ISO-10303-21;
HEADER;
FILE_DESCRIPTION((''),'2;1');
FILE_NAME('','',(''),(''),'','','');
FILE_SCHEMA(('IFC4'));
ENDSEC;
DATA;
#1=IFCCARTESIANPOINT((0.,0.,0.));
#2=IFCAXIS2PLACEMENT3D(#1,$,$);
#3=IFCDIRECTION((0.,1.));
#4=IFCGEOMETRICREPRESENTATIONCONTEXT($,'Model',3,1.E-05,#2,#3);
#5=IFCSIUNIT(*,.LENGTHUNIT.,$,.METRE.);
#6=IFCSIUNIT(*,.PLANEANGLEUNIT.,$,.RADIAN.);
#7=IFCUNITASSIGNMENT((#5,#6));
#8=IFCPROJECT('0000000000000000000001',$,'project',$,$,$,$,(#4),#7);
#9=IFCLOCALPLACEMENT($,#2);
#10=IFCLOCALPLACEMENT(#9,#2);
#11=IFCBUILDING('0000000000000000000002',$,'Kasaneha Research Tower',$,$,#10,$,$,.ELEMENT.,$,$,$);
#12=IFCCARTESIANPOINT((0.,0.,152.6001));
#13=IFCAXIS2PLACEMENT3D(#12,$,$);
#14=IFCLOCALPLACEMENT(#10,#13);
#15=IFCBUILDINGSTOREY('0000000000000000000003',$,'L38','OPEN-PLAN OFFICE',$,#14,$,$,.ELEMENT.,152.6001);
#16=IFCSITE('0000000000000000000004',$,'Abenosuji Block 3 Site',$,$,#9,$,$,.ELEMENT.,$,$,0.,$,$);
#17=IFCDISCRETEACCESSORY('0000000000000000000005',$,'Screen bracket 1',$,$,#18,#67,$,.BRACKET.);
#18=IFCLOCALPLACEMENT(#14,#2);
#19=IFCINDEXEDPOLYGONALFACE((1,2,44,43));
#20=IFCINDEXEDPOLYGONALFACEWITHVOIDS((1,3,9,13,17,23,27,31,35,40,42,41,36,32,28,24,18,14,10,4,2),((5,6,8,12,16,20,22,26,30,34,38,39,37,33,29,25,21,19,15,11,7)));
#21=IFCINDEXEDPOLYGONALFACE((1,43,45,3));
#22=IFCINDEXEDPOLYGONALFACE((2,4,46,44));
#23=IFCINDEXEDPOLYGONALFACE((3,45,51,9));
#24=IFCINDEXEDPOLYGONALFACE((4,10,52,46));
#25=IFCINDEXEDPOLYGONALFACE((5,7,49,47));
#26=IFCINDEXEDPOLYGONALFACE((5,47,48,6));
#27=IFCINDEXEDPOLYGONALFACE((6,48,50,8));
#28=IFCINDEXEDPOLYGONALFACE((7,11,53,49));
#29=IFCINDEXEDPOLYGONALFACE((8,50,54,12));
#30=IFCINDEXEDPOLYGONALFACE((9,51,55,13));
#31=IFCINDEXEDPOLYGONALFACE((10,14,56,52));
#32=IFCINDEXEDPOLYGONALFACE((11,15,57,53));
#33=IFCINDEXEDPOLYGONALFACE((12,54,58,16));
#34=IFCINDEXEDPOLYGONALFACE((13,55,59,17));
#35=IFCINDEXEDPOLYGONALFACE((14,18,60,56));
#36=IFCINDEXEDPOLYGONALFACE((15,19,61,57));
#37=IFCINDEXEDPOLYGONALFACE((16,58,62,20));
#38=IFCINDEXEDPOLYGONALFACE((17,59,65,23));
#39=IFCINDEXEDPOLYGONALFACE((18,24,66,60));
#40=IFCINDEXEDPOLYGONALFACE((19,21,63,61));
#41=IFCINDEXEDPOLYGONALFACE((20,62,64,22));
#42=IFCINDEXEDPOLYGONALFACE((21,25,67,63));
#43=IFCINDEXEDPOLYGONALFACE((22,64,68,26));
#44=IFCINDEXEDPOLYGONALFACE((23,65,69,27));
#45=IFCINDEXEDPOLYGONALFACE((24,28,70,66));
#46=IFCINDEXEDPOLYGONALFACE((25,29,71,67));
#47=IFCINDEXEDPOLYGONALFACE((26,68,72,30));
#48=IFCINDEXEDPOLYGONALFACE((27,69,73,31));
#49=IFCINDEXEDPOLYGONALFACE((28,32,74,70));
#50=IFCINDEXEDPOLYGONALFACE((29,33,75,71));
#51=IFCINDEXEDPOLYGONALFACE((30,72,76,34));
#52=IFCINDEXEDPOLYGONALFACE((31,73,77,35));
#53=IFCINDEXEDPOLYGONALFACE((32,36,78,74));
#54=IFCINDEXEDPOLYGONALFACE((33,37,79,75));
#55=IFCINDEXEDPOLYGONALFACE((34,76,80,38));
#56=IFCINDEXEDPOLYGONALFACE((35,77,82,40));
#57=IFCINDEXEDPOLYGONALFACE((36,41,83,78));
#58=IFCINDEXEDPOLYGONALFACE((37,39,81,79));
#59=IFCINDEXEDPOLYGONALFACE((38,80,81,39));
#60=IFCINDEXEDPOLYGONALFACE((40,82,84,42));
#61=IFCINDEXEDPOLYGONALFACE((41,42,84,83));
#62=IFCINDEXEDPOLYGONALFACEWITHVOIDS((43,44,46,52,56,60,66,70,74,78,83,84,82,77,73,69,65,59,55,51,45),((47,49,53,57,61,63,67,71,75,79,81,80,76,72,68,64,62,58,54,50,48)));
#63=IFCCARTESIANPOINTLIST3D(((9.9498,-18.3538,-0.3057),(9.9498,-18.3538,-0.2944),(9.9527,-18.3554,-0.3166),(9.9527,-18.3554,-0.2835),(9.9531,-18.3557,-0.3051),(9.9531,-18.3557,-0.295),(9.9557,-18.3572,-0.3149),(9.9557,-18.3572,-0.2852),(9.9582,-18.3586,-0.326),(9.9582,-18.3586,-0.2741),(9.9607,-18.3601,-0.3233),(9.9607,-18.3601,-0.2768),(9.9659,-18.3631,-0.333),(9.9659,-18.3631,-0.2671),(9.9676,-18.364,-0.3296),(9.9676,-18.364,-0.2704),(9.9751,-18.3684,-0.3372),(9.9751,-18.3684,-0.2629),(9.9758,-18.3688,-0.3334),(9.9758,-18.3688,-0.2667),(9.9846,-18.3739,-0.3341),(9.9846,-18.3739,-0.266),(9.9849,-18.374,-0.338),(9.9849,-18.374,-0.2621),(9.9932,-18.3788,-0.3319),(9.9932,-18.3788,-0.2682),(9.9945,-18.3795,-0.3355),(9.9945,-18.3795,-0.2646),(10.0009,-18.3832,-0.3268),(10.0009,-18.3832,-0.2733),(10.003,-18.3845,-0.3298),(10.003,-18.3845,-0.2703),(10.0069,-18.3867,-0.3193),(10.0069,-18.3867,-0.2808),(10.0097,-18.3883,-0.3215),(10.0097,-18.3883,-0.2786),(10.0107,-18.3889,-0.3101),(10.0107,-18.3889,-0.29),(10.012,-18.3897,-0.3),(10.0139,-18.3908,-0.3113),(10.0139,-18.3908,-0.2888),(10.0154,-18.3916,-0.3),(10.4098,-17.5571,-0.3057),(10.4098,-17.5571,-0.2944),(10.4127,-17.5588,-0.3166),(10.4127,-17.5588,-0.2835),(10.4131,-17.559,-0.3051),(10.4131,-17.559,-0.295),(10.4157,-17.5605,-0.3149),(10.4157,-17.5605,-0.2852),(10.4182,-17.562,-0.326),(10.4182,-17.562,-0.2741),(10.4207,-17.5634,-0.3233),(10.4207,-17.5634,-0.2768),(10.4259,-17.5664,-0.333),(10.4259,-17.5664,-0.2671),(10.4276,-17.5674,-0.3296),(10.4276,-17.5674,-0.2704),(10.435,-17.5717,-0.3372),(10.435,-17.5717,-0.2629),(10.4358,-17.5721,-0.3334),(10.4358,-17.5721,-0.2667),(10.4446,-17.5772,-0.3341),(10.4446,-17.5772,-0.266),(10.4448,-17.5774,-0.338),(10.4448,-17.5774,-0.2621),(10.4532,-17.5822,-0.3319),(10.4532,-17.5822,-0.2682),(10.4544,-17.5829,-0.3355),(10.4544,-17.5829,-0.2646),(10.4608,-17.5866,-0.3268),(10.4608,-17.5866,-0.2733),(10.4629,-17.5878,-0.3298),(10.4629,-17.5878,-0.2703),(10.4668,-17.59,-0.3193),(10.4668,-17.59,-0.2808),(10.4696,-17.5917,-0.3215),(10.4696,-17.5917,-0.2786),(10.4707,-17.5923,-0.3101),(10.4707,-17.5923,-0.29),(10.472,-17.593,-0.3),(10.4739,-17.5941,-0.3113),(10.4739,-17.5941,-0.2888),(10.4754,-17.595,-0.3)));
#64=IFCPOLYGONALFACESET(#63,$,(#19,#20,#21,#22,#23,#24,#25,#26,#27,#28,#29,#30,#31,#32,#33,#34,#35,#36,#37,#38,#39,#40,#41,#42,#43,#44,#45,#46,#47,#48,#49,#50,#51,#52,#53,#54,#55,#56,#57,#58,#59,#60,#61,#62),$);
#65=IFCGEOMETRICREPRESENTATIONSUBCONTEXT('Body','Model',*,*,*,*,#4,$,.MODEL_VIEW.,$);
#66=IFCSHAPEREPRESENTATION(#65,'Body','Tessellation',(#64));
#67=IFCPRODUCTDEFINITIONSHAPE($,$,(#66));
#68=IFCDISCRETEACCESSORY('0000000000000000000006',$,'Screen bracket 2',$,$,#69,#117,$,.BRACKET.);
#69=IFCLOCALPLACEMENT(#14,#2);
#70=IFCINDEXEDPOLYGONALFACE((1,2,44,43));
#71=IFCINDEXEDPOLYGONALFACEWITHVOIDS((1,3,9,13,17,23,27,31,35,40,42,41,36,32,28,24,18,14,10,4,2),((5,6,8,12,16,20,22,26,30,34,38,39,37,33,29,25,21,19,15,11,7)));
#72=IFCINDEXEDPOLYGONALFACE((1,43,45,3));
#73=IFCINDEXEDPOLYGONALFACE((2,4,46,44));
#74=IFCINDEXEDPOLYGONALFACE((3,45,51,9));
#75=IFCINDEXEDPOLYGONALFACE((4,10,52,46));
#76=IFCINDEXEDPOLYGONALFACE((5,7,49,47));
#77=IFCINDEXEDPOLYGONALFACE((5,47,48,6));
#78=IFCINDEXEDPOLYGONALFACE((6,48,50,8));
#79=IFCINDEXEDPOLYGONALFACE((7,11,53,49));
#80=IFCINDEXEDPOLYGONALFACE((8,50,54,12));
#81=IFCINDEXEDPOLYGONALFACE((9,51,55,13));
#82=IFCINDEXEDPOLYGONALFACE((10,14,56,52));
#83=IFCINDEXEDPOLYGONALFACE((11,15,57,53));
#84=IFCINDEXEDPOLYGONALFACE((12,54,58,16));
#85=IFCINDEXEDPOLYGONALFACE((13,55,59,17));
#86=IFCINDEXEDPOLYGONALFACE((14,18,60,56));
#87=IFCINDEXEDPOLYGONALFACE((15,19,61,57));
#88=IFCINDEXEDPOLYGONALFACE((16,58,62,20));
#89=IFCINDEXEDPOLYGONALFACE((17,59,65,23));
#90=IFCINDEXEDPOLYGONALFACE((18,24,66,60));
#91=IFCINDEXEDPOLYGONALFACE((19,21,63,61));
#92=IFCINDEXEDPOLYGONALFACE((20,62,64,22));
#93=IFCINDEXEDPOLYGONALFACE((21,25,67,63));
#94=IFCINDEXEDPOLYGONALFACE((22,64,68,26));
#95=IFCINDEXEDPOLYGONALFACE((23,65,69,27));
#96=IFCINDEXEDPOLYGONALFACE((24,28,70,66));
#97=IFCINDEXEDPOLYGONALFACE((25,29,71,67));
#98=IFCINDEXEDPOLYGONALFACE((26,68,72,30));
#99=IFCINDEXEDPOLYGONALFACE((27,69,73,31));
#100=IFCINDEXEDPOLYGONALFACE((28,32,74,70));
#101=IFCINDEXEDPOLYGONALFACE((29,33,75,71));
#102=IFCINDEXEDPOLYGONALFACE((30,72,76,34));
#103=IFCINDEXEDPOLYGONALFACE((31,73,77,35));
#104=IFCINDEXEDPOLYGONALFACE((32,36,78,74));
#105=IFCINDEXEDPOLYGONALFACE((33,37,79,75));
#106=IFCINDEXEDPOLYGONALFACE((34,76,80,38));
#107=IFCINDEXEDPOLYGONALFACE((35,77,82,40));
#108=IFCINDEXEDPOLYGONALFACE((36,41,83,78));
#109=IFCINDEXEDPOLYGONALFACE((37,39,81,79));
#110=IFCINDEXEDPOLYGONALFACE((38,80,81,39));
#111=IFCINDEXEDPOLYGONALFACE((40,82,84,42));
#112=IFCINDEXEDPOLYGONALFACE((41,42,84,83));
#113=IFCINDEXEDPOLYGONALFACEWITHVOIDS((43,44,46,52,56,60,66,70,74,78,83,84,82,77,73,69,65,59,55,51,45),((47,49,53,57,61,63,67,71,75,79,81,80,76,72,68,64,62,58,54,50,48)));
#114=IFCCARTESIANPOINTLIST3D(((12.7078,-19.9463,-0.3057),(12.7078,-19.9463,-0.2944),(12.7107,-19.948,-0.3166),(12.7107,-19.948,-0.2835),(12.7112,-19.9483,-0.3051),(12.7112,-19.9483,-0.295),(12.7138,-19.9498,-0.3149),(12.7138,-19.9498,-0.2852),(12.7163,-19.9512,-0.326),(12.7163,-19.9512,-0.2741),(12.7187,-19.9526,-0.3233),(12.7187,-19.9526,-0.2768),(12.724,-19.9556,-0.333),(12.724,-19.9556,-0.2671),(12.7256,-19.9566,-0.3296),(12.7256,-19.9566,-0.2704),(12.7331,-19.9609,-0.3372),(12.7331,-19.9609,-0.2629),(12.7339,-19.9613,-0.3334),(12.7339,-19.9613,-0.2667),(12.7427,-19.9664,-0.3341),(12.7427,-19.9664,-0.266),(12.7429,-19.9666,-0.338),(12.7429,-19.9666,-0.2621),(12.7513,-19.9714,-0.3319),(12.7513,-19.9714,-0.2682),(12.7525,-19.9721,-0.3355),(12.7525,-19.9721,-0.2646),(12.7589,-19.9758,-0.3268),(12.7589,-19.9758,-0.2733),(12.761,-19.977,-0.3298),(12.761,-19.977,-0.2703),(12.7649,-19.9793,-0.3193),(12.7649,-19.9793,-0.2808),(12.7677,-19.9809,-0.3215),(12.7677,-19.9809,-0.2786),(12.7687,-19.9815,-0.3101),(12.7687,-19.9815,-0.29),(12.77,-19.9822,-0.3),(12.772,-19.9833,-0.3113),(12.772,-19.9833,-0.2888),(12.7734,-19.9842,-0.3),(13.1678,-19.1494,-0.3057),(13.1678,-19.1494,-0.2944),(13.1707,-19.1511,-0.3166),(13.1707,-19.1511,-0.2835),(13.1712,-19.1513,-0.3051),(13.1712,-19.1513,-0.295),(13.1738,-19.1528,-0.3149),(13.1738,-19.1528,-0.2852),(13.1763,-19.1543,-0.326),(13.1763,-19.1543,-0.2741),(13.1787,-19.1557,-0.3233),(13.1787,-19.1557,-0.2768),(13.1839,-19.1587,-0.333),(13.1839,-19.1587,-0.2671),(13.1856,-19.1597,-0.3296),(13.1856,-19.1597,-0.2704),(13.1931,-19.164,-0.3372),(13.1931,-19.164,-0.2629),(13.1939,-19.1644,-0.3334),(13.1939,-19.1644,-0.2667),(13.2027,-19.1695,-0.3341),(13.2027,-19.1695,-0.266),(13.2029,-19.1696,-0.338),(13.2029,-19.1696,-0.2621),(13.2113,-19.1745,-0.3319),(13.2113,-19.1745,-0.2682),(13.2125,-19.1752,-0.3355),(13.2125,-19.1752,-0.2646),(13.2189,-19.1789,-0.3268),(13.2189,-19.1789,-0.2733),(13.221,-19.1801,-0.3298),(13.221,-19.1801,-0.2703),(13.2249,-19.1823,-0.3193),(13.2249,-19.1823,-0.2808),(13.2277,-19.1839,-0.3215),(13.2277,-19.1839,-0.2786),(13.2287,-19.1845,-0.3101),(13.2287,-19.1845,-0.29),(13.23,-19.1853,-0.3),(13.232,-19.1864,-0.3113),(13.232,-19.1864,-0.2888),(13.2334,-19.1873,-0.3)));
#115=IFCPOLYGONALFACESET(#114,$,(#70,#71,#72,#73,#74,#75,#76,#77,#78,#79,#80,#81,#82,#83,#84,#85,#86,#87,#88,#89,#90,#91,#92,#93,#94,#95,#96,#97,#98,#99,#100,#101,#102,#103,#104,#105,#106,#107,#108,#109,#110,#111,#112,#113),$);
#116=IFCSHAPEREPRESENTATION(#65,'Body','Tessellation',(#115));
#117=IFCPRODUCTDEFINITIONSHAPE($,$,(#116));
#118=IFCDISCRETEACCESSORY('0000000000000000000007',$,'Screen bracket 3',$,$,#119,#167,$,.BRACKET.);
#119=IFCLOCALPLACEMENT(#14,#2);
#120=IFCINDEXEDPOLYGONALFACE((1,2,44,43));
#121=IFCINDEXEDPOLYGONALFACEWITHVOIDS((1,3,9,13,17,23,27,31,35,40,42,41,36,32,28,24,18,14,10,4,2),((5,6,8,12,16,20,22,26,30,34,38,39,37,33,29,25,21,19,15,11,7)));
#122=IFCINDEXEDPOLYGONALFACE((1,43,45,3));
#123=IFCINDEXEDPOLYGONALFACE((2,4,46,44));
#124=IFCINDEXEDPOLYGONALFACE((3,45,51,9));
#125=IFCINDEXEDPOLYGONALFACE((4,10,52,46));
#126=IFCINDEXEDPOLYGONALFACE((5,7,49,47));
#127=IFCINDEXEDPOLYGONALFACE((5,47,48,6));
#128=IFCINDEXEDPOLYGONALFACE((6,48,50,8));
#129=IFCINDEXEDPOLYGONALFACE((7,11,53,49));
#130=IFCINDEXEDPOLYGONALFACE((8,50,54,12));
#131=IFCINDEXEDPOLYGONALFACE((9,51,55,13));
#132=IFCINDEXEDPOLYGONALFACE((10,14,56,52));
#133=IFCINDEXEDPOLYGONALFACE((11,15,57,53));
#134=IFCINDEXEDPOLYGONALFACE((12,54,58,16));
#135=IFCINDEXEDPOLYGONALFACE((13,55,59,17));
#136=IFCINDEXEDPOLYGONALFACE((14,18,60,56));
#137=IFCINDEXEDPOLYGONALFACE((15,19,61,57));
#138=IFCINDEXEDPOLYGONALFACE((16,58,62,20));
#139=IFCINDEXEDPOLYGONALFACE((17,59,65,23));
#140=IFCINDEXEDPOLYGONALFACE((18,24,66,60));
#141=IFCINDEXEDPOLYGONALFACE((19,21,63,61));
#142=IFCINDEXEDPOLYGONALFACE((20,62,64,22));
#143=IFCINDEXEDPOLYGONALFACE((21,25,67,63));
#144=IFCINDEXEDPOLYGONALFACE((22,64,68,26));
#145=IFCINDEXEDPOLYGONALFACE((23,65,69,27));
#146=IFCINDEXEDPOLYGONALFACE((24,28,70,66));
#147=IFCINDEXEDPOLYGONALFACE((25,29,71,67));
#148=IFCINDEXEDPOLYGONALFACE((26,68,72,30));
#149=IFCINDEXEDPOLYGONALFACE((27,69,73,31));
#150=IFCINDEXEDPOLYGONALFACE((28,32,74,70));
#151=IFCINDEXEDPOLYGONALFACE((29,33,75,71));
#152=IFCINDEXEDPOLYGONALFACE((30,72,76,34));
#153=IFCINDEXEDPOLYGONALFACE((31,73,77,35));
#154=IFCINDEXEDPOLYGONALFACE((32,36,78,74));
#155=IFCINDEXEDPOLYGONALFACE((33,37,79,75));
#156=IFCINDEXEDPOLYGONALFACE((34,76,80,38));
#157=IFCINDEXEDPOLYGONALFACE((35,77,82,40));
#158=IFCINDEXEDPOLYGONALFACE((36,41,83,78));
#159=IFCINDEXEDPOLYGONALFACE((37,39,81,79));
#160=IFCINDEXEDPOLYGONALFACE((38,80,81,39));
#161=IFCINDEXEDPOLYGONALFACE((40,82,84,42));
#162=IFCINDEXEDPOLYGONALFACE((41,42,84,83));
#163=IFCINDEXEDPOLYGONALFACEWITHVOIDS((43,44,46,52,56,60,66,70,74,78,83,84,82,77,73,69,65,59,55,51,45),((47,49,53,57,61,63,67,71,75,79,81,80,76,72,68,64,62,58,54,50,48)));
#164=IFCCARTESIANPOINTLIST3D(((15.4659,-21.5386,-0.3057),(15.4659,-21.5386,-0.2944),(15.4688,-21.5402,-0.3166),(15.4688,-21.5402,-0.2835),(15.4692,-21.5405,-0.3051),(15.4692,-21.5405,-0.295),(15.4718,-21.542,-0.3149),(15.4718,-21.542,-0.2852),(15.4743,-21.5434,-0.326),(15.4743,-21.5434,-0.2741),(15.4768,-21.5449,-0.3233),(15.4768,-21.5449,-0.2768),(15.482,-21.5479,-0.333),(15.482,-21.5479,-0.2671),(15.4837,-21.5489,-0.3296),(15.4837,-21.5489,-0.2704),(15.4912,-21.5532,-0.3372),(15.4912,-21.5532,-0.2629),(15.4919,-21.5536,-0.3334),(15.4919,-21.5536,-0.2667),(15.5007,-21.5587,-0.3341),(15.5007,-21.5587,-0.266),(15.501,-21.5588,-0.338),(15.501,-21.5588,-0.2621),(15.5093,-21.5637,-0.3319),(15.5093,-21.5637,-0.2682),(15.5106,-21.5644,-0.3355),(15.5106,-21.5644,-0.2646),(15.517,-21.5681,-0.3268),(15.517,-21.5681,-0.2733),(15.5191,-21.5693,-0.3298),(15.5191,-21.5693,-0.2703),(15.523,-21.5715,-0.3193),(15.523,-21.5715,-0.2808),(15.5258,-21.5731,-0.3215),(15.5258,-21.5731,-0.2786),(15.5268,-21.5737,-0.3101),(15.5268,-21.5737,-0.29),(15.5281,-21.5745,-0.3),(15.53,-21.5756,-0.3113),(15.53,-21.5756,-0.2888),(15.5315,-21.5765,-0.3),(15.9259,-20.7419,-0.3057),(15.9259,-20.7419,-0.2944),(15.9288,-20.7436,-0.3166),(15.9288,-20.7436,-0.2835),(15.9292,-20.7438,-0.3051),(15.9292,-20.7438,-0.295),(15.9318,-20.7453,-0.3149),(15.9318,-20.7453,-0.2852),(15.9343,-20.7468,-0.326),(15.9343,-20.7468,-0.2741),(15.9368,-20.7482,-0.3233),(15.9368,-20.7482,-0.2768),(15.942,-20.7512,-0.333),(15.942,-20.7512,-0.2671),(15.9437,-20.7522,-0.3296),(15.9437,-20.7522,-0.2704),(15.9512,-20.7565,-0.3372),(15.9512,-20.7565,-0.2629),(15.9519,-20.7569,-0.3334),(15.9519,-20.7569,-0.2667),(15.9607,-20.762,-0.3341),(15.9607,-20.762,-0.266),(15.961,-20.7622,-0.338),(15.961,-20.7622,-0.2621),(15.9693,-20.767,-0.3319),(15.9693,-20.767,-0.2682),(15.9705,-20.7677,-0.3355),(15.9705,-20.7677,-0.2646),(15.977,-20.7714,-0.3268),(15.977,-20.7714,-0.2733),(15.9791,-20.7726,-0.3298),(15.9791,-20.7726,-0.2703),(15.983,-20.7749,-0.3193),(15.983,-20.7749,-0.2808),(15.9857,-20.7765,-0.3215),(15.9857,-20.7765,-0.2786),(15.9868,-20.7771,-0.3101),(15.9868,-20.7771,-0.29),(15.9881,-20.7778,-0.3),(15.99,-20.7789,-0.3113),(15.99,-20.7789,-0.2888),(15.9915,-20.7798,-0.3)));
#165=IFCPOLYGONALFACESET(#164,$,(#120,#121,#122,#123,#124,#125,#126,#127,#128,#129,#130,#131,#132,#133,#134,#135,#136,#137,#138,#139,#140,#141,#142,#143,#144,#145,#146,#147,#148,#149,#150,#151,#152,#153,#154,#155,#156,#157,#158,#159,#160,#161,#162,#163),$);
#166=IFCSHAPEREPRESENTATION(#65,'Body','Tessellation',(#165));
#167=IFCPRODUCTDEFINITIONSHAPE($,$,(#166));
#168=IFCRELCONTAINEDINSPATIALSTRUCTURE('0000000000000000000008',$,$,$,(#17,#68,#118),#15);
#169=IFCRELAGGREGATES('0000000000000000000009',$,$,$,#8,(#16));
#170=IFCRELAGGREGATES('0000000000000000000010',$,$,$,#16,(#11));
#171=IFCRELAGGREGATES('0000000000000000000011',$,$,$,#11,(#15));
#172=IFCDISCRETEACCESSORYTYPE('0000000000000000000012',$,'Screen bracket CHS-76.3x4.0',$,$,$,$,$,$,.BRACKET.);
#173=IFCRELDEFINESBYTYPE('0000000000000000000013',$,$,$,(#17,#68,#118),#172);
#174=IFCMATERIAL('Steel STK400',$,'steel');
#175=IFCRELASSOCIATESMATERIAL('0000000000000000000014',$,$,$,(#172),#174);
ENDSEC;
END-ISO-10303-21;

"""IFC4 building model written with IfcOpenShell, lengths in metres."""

from ifc_helpers import new_model, si_unit, direction, frame, origin, origin_2d, place, context, subcontext, project, spatial, hollow_circle, extrude, material, material_profile, profile_set, type_object, element, save


model = new_model("IFC4")

# Units and contexts
model_context = context("Model", 3, precision=1e-05, world=origin(), true_north=direction((0.0, 1.0)))
body_context = subcontext(model_context, "Body", "Model", "MODEL_VIEW")
ifc_project = project(units=[si_unit("LENGTHUNIT", "METRE"), si_unit("PLANEANGLEUNIT", "RADIAN")], contexts=[model_context])

# Site, building, storey
site_placement = place(None, origin())
site = spatial("IfcSite", under=ifc_project, at=site_placement, Name="Abenosuji Block 3 Site", CompositionType="ELEMENT", RefElevation=0.0)
building_placement = place(site_placement, origin())
building = spatial("IfcBuilding", under=site, at=building_placement, Name="Kasaneha Research Tower", CompositionType="ELEMENT")
storey_placement = place(building_placement, frame((0.0, 0.0, 152.6001)))
storey = spatial("IfcBuildingStorey", under=building, at=storey_placement, Name="L38", Description="OPEN-PLAN OFFICE", CompositionType="ELEMENT", Elevation=152.6001)

# Discrete accessories
ifc_material_1 = material(Name="Steel STK400", Category="steel")
ifc_material_profile_1 = material_profile(ifc_material_1, hollow_circle(Radius=0.0381, WallThickness=0.0039, at=origin_2d()), Name="CHS-76.3x4.0")
ifc_profile_set_1 = profile_set([ifc_material_profile_1], Name="Steel STK400")
discrete_accessory_type = type_object("IfcDiscreteAccessoryType", Name="Screen bracket CHS-76.3x4.0", PredefinedType="BRACKET", material=ifc_profile_set_1)
discrete_accessory_1_placement = place(storey_placement, frame((10.4424, -17.5759, -0.3), z_axis=(-0.500021, -0.866013, 0.0), x_axis=(0.866013, -0.500021, 0.0)))
element("IfcDiscreteAccessory", 1, at=discrete_accessory_1_placement, inside=storey, type_object=discrete_accessory_type, Name="Screen bracket 1", PredefinedType="BRACKET", context=body_context, shape_type="SweptSolid", body=[
    extrude(hollow_circle(Radius=0.0381, WallThickness=0.0039, at=origin_2d()), origin(), (0.0, 0.0, 1.0), 0.9199),
])
discrete_accessory_2_placement = place(storey_placement, frame((13.2004, -19.1682, -0.3), z_axis=(-0.499906, -0.86608, 0.0), x_axis=(0.86608, -0.499906, 0.0)))
element("IfcDiscreteAccessory", 2, at=discrete_accessory_2_placement, inside=storey, type_object=discrete_accessory_type, Name="Screen bracket 2", PredefinedType="BRACKET", context=body_context, shape_type="SweptSolid", body=[
    extrude(hollow_circle(Radius=0.0381, WallThickness=0.0039, at=origin_2d()), origin(), (0.0, 0.0, 1.0), 0.9202),
])
discrete_accessory_3_placement = place(storey_placement, frame((15.9585, -20.7607, -0.3), z_axis=(-0.500021, -0.866013, 0.0), x_axis=(0.866013, -0.500021, 0.0)))
element("IfcDiscreteAccessory", 3, at=discrete_accessory_3_placement, inside=storey, type_object=discrete_accessory_type, Name="Screen bracket 3", PredefinedType="BRACKET", context=body_context, shape_type="SweptSolid", body=[
    extrude(hollow_circle(Radius=0.0381, WallThickness=0.0039, at=origin_2d()), origin(), (0.0, 0.0, 1.0), 0.9199),
])

save(model, "model.ifc")
